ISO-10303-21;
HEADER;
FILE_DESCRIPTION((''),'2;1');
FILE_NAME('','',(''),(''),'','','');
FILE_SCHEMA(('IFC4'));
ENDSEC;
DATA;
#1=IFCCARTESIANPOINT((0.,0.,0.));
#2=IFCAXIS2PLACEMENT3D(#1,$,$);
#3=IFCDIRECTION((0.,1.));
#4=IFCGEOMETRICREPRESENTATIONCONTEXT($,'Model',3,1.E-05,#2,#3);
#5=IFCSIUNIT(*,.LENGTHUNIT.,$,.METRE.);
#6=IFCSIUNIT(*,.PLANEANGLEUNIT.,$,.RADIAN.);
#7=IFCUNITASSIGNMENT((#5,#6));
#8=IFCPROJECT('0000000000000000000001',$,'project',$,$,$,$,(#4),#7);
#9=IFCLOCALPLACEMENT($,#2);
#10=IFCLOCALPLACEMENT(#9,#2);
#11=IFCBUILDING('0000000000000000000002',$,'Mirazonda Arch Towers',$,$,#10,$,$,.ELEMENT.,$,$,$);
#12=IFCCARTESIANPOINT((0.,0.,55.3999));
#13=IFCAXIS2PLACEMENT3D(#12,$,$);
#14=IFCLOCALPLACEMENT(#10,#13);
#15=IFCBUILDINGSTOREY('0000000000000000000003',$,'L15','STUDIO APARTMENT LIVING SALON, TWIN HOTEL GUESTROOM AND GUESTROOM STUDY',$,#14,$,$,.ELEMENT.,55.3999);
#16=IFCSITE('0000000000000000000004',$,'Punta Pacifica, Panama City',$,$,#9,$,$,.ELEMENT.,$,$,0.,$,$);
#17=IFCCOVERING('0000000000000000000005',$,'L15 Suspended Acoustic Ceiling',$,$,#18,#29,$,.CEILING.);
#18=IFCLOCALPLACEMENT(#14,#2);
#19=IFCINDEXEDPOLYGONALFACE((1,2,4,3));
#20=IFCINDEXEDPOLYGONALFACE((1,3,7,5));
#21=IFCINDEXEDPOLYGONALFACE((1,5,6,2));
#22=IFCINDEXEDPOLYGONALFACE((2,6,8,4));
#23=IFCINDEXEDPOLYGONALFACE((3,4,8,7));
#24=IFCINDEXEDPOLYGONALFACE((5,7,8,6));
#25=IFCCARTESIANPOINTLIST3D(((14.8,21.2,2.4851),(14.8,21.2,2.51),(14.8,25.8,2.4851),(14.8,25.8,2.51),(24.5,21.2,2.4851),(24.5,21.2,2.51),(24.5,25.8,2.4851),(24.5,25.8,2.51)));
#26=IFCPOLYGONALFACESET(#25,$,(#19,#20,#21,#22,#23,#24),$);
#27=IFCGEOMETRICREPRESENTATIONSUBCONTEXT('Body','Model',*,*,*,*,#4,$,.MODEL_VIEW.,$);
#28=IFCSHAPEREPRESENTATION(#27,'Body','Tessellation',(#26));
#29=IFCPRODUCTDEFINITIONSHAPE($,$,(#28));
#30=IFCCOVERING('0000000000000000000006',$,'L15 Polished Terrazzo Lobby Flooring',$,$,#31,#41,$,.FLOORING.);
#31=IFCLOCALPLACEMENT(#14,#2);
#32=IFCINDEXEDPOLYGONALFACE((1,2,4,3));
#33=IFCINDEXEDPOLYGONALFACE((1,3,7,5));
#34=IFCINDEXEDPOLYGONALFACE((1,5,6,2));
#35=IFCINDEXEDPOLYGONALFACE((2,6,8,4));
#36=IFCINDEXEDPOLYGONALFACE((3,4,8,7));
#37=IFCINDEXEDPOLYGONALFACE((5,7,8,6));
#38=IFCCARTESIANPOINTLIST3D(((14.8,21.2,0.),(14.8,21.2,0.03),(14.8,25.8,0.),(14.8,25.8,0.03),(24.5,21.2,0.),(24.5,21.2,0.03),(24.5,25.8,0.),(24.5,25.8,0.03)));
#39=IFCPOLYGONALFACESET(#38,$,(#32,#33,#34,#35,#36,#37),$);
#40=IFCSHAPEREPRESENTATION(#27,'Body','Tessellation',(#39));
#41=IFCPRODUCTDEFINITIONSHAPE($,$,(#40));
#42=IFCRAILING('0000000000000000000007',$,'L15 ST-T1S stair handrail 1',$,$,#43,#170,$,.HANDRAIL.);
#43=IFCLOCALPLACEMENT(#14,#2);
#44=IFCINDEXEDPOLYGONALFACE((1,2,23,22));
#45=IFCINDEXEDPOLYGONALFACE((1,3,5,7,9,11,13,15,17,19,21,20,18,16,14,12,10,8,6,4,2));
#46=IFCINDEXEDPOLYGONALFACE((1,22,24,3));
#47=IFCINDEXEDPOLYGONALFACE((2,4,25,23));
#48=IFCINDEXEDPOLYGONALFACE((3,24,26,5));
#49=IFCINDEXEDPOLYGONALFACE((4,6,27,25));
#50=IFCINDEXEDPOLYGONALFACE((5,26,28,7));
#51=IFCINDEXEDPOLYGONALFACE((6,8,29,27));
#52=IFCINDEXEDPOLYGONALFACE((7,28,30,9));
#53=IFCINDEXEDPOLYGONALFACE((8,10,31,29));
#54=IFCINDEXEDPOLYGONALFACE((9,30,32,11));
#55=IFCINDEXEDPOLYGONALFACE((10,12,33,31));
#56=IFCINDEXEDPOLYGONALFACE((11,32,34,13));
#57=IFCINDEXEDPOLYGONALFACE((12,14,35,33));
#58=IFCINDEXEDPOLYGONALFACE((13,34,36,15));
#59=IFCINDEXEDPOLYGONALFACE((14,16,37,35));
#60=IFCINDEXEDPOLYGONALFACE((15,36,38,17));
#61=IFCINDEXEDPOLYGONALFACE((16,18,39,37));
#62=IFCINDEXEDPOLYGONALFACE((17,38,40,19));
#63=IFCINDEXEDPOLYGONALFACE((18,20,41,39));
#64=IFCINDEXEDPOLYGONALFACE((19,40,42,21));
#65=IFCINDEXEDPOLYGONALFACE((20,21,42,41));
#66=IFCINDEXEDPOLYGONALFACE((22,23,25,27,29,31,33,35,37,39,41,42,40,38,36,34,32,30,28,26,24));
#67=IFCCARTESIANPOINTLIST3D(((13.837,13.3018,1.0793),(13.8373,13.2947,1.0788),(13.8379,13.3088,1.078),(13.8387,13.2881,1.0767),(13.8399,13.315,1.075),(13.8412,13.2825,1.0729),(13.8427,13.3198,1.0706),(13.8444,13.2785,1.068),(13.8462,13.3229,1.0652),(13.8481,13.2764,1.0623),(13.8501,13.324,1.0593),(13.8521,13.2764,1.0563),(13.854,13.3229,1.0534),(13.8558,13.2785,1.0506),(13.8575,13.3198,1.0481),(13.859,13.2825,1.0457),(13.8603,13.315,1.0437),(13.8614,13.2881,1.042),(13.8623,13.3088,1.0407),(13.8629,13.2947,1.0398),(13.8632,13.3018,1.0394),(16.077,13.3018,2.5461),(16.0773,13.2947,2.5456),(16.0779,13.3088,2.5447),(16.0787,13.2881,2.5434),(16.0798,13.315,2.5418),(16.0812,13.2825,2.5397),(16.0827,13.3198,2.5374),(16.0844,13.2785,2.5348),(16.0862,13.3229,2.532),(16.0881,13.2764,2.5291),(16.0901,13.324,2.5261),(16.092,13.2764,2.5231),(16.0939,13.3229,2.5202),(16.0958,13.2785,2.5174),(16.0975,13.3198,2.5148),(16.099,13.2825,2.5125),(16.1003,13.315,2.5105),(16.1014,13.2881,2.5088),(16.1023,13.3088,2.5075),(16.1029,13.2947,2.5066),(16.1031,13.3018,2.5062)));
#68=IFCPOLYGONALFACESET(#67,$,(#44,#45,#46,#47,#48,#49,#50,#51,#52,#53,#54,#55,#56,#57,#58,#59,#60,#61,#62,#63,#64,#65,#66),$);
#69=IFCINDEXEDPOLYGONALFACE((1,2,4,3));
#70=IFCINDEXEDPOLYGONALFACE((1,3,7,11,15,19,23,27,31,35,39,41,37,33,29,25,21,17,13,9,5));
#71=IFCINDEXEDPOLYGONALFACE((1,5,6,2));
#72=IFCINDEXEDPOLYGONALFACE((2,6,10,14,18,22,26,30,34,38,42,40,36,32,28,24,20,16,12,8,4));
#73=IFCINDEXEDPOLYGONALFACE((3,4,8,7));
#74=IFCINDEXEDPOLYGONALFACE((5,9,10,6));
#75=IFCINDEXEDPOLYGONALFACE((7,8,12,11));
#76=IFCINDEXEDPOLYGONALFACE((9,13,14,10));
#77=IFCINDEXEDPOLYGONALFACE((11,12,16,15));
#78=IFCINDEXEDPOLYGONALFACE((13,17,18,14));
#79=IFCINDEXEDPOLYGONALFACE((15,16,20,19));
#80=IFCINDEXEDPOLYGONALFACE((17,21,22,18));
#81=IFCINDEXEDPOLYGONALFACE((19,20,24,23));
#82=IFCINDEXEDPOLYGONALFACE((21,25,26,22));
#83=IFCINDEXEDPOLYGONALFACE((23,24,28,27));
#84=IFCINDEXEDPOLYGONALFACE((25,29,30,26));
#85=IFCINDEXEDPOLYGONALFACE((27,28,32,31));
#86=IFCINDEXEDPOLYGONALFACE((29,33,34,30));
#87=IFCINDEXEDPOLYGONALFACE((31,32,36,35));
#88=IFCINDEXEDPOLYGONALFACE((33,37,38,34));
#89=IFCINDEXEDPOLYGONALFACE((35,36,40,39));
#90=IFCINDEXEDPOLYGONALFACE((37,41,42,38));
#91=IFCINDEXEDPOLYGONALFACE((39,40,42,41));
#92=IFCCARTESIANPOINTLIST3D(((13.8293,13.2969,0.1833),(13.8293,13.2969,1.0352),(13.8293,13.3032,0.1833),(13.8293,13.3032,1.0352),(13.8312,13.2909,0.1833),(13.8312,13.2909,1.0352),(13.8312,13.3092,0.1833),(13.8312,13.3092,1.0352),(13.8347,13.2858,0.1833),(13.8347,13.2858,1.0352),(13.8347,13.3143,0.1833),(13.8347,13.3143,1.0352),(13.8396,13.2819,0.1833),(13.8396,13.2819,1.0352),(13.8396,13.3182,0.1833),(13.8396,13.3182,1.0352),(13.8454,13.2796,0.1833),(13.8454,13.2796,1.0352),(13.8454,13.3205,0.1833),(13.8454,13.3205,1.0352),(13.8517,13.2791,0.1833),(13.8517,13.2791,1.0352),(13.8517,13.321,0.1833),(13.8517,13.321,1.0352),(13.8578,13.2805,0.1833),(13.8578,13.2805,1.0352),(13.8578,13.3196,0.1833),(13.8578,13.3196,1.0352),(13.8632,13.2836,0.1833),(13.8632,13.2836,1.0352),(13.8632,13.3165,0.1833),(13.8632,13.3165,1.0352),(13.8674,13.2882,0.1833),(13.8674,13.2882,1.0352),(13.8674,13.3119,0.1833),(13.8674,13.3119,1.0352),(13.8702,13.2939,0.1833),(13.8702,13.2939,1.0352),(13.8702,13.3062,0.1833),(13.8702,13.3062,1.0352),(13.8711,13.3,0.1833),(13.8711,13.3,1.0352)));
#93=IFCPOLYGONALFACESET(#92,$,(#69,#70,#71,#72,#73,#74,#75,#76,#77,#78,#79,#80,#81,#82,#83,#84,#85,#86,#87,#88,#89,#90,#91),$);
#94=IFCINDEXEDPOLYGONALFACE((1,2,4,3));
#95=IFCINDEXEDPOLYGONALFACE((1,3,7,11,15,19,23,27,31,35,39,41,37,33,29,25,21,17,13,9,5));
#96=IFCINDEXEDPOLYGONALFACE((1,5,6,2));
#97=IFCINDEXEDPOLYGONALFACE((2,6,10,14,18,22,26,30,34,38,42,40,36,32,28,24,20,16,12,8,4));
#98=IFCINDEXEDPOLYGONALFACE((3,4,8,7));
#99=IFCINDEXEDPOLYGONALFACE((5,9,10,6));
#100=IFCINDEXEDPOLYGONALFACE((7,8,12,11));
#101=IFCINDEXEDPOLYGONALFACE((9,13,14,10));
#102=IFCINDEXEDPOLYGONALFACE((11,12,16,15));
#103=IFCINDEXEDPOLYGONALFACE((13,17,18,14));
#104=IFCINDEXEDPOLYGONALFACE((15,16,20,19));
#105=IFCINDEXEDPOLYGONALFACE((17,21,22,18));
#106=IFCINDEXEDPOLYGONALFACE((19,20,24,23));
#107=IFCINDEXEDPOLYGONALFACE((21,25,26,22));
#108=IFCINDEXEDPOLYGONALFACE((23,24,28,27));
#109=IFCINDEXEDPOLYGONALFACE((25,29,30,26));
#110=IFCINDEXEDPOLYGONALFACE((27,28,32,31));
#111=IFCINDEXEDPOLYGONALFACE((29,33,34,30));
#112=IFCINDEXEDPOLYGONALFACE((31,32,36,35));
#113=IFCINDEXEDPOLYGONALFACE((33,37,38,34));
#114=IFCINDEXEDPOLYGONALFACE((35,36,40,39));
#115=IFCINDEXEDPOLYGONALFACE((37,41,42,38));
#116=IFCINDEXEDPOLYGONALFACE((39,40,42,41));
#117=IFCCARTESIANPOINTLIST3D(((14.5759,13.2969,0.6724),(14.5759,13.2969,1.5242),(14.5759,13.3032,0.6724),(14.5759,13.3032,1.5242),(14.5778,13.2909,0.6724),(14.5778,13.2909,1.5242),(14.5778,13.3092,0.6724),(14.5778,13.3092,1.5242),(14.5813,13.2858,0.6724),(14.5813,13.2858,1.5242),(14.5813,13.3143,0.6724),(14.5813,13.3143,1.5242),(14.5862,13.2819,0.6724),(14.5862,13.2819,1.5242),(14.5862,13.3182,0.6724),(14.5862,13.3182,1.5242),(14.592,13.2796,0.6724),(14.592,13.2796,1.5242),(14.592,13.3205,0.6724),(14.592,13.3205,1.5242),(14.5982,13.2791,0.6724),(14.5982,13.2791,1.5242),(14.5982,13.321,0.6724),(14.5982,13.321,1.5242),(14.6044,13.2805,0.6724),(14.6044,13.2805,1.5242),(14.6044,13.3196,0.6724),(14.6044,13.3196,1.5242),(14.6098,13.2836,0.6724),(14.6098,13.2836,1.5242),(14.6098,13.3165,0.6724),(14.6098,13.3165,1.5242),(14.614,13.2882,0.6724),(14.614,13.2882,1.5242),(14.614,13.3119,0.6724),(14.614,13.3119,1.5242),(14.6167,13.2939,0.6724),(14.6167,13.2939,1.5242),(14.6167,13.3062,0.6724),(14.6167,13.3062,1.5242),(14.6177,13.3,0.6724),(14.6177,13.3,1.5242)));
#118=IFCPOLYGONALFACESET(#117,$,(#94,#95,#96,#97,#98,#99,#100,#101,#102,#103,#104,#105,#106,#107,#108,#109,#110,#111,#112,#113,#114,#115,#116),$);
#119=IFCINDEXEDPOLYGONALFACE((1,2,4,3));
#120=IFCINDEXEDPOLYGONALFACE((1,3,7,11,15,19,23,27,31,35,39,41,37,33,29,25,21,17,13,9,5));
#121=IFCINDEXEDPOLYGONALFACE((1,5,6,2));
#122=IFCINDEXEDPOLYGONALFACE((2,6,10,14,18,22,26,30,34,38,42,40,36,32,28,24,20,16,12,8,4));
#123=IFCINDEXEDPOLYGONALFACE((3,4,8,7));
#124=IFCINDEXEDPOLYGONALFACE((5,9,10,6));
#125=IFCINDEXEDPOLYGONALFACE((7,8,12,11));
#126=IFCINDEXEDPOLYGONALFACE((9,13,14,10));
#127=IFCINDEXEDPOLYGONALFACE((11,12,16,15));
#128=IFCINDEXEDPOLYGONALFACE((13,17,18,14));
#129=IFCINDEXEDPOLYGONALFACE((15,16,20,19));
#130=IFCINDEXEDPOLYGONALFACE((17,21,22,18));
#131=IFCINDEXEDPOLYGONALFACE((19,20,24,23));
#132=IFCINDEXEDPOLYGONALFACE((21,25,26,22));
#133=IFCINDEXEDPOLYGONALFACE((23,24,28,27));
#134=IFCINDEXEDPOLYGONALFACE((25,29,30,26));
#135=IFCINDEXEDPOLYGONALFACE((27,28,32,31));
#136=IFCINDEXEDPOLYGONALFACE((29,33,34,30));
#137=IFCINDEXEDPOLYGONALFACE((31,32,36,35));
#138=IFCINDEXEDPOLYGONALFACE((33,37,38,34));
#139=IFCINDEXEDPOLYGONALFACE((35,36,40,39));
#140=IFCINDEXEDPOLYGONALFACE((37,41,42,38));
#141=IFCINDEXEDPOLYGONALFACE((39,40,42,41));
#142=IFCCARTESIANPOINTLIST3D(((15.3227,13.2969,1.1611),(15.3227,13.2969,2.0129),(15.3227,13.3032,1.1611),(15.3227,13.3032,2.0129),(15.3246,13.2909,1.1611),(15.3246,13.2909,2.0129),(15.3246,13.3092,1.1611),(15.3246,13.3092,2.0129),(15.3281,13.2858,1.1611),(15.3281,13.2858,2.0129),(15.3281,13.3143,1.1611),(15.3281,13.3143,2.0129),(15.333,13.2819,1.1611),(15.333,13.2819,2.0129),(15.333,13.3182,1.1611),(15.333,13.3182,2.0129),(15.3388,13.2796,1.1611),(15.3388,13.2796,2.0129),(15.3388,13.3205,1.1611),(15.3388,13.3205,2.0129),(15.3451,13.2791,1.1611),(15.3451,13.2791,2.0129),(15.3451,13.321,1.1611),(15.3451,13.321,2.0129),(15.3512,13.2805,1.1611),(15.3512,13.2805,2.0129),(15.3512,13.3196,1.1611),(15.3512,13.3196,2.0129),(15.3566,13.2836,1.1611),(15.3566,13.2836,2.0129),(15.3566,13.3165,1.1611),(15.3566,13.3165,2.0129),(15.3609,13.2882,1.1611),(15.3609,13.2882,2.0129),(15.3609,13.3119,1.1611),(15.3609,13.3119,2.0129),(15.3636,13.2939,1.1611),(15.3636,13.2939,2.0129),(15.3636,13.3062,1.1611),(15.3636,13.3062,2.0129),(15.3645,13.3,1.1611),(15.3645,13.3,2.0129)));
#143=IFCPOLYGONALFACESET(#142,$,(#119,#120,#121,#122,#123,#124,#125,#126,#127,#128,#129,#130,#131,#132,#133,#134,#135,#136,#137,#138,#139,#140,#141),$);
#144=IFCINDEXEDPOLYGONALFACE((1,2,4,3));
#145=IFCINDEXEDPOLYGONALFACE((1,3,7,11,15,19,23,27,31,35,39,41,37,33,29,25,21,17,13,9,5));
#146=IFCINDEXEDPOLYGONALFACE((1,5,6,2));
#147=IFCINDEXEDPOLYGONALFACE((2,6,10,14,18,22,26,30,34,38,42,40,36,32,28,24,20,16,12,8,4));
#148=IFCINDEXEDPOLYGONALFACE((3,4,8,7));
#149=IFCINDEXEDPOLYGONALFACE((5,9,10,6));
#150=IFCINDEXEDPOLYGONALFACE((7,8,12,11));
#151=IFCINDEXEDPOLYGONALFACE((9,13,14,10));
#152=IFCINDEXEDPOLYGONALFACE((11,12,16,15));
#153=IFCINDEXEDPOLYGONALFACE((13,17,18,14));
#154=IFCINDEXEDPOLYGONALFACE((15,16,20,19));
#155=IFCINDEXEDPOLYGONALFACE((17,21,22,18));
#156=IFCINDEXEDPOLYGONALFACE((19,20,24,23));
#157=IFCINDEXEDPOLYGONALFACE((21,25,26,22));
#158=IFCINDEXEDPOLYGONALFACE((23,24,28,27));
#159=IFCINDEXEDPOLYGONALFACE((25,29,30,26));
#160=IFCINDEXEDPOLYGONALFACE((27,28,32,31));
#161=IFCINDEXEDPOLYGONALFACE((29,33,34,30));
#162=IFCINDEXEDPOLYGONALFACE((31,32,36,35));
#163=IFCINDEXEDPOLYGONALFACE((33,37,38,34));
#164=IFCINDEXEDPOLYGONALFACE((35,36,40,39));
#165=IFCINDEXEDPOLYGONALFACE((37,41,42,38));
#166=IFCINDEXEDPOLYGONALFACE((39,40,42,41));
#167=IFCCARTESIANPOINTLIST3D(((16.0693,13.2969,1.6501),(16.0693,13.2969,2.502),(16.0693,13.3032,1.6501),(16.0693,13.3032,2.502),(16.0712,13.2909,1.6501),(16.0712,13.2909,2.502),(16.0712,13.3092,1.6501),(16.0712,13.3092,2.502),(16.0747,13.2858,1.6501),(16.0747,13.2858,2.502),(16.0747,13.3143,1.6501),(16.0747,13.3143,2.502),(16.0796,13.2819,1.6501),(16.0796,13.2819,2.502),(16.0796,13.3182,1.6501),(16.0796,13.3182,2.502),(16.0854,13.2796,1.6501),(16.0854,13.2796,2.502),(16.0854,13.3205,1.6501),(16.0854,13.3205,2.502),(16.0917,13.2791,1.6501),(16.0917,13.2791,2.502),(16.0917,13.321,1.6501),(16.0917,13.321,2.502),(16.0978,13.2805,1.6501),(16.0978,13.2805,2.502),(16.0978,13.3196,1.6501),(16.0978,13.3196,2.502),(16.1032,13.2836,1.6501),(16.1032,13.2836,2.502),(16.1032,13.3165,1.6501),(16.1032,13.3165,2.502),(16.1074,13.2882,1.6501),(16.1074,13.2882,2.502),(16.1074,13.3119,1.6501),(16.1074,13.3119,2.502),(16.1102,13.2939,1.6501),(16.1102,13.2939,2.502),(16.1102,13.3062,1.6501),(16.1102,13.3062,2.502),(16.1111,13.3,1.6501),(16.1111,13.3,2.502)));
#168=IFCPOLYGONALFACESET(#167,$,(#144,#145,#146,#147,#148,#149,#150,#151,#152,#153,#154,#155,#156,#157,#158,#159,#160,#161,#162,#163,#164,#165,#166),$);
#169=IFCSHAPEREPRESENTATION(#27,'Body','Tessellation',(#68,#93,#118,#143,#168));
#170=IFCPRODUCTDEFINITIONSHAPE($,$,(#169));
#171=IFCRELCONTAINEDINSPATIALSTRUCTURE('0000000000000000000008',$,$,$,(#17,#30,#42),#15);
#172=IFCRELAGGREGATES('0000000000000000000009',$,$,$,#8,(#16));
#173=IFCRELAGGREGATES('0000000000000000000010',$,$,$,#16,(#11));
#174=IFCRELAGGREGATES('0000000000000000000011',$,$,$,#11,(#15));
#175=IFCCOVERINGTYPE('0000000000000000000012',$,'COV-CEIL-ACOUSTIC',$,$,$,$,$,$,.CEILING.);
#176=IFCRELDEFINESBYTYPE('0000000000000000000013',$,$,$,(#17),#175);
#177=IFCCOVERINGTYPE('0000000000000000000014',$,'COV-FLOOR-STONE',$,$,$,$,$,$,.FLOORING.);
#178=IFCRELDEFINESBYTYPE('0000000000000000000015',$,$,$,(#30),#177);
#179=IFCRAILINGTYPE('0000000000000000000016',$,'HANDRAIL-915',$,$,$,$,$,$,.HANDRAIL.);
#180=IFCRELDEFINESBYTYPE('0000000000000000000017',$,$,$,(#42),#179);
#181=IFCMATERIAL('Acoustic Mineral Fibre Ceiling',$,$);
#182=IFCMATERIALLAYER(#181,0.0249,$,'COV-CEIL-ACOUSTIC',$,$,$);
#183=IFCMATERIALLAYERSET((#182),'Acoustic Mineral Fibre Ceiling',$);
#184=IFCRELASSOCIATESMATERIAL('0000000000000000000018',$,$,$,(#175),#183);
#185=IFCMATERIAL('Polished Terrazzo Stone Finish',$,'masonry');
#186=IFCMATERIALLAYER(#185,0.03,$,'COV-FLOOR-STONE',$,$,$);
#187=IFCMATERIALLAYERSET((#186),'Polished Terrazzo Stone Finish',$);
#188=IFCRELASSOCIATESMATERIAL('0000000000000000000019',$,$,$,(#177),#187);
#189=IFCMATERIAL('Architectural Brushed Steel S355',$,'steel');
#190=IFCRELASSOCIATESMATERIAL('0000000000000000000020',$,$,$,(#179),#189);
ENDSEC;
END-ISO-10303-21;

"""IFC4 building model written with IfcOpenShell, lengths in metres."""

from ifc_helpers import new_model, si_unit, direction, frame, origin, origin_2d, place, context, subcontext, project, spatial, polyline, circle, outline, extrude, material, layer, layer_set, type_object, element, save


model = new_model("IFC4")

# Units and contexts
model_context = context("Model", 3, precision=1e-05, world=origin(), true_north=direction((0.0, 1.0)))
body_context = subcontext(model_context, "Body", "Model", "MODEL_VIEW")
ifc_project = project(units=[si_unit("LENGTHUNIT", "METRE"), si_unit("PLANEANGLEUNIT", "RADIAN")], contexts=[model_context])

# Site, building, storey
site_placement = place(None, origin())
site = spatial("IfcSite", under=ifc_project, at=site_placement, Name="Punta Pacifica, Panama City", CompositionType="ELEMENT", RefElevation=0.0)
building_placement = place(site_placement, origin())
building = spatial("IfcBuilding", under=site, at=building_placement, Name="Mirazonda Arch Towers", CompositionType="ELEMENT")
storey_placement = place(building_placement, frame((0.0, 0.0, 55.3999)))
storey = spatial("IfcBuildingStorey", under=building, at=storey_placement, Name="L15", Description="STUDIO APARTMENT LIVING SALON, TWIN HOTEL GUESTROOM AND GUESTROOM STUDY", CompositionType="ELEMENT", Elevation=55.3999)

# Shared definitions
ifc_material_1 = material(Name="Architectural Brushed Steel S355", Category="steel")

# Coverings
ifc_material_2 = material(Name="Acoustic Mineral Fibre Ceiling")
ifc_layer_1 = layer(ifc_material_2, 0.0249, Name="COV-CEIL-ACOUSTIC")
ifc_layer_set_1 = layer_set([ifc_layer_1], Name="Acoustic Mineral Fibre Ceiling")
covering_type_1 = type_object("IfcCoveringType", Name="COV-CEIL-ACOUSTIC", PredefinedType="CEILING", material=ifc_layer_set_1)
covering_1_placement = place(storey_placement, frame((0.0, 0.0, 2.4851)))
element("IfcCovering", 1, at=covering_1_placement, inside=storey, type_object=covering_type_1, Name="L15 Suspended Acoustic Ceiling", PredefinedType="CEILING", context=body_context, shape_type="SweptSolid", body=[
    extrude(outline(polyline([(14.8, 21.2), (24.5, 21.2), (24.5, 25.8), (14.8, 25.8), (14.8, 21.2)])), origin(), (0.0, 0.0, 1.0), 0.0249),
])
ifc_material_3 = material(Name="Polished Terrazzo Stone Finish", Category="masonry")
ifc_layer_2 = layer(ifc_material_3, 0.03, Name="COV-FLOOR-STONE")
ifc_layer_set_2 = layer_set([ifc_layer_2], Name="Polished Terrazzo Stone Finish")
covering_type_2 = type_object("IfcCoveringType", Name="COV-FLOOR-STONE", PredefinedType="FLOORING", material=ifc_layer_set_2)
covering_2_placement = place(storey_placement, origin())
element("IfcCovering", 2, at=covering_2_placement, inside=storey, type_object=covering_type_2, Name="L15 Polished Terrazzo Lobby Flooring", PredefinedType="FLOORING", context=body_context, shape_type="SweptSolid", body=[
    extrude(outline(polyline([(14.8, 21.2), (24.5, 21.2), (24.5, 25.8), (14.8, 25.8), (14.8, 21.2)])), origin(), (0.0, 0.0, 1.0), 0.03),
])

# Railing
railing_type = type_object("IfcRailingType", Name="HANDRAIL-915", PredefinedType="HANDRAIL", material=ifc_material_1)
railing_placement = place(storey_placement, frame((13.8501, 13.3, 0.1833)))
element("IfcRailing", 3, at=railing_placement, inside=storey, type_object=railing_type, Name="L15 ST-T1S stair handrail 1", PredefinedType="HANDRAIL", context=body_context, shape_type="SweptSolid", body=[
    extrude(circle(Radius=0.0239, at=origin_2d()), frame((0.0, 0.0, 0.876), z_axis=(0.836595, 0.0, 0.547822), x_axis=(0.0, 1.0, 0.0)), (0.0, 0.0, 1.0), 2.6775),
    extrude(circle(Radius=0.021, at=origin_2d()), origin(), (0.0, 0.0, 1.0), 0.8518),
    extrude(circle(Radius=0.021, at=origin_2d()), frame((0.7466, 0.0, 0.489)), (0.0, 0.0, 1.0), 0.8518),
    extrude(circle(Radius=0.021, at=origin_2d()), frame((1.4934, 0.0, 0.9778)), (0.0, 0.0, 1.0), 0.8518),
    extrude(circle(Radius=0.021, at=origin_2d()), frame((2.24, 0.0, 1.4668)), (0.0, 0.0, 1.0), 0.8518),
])

save(model, "model.ifc")
